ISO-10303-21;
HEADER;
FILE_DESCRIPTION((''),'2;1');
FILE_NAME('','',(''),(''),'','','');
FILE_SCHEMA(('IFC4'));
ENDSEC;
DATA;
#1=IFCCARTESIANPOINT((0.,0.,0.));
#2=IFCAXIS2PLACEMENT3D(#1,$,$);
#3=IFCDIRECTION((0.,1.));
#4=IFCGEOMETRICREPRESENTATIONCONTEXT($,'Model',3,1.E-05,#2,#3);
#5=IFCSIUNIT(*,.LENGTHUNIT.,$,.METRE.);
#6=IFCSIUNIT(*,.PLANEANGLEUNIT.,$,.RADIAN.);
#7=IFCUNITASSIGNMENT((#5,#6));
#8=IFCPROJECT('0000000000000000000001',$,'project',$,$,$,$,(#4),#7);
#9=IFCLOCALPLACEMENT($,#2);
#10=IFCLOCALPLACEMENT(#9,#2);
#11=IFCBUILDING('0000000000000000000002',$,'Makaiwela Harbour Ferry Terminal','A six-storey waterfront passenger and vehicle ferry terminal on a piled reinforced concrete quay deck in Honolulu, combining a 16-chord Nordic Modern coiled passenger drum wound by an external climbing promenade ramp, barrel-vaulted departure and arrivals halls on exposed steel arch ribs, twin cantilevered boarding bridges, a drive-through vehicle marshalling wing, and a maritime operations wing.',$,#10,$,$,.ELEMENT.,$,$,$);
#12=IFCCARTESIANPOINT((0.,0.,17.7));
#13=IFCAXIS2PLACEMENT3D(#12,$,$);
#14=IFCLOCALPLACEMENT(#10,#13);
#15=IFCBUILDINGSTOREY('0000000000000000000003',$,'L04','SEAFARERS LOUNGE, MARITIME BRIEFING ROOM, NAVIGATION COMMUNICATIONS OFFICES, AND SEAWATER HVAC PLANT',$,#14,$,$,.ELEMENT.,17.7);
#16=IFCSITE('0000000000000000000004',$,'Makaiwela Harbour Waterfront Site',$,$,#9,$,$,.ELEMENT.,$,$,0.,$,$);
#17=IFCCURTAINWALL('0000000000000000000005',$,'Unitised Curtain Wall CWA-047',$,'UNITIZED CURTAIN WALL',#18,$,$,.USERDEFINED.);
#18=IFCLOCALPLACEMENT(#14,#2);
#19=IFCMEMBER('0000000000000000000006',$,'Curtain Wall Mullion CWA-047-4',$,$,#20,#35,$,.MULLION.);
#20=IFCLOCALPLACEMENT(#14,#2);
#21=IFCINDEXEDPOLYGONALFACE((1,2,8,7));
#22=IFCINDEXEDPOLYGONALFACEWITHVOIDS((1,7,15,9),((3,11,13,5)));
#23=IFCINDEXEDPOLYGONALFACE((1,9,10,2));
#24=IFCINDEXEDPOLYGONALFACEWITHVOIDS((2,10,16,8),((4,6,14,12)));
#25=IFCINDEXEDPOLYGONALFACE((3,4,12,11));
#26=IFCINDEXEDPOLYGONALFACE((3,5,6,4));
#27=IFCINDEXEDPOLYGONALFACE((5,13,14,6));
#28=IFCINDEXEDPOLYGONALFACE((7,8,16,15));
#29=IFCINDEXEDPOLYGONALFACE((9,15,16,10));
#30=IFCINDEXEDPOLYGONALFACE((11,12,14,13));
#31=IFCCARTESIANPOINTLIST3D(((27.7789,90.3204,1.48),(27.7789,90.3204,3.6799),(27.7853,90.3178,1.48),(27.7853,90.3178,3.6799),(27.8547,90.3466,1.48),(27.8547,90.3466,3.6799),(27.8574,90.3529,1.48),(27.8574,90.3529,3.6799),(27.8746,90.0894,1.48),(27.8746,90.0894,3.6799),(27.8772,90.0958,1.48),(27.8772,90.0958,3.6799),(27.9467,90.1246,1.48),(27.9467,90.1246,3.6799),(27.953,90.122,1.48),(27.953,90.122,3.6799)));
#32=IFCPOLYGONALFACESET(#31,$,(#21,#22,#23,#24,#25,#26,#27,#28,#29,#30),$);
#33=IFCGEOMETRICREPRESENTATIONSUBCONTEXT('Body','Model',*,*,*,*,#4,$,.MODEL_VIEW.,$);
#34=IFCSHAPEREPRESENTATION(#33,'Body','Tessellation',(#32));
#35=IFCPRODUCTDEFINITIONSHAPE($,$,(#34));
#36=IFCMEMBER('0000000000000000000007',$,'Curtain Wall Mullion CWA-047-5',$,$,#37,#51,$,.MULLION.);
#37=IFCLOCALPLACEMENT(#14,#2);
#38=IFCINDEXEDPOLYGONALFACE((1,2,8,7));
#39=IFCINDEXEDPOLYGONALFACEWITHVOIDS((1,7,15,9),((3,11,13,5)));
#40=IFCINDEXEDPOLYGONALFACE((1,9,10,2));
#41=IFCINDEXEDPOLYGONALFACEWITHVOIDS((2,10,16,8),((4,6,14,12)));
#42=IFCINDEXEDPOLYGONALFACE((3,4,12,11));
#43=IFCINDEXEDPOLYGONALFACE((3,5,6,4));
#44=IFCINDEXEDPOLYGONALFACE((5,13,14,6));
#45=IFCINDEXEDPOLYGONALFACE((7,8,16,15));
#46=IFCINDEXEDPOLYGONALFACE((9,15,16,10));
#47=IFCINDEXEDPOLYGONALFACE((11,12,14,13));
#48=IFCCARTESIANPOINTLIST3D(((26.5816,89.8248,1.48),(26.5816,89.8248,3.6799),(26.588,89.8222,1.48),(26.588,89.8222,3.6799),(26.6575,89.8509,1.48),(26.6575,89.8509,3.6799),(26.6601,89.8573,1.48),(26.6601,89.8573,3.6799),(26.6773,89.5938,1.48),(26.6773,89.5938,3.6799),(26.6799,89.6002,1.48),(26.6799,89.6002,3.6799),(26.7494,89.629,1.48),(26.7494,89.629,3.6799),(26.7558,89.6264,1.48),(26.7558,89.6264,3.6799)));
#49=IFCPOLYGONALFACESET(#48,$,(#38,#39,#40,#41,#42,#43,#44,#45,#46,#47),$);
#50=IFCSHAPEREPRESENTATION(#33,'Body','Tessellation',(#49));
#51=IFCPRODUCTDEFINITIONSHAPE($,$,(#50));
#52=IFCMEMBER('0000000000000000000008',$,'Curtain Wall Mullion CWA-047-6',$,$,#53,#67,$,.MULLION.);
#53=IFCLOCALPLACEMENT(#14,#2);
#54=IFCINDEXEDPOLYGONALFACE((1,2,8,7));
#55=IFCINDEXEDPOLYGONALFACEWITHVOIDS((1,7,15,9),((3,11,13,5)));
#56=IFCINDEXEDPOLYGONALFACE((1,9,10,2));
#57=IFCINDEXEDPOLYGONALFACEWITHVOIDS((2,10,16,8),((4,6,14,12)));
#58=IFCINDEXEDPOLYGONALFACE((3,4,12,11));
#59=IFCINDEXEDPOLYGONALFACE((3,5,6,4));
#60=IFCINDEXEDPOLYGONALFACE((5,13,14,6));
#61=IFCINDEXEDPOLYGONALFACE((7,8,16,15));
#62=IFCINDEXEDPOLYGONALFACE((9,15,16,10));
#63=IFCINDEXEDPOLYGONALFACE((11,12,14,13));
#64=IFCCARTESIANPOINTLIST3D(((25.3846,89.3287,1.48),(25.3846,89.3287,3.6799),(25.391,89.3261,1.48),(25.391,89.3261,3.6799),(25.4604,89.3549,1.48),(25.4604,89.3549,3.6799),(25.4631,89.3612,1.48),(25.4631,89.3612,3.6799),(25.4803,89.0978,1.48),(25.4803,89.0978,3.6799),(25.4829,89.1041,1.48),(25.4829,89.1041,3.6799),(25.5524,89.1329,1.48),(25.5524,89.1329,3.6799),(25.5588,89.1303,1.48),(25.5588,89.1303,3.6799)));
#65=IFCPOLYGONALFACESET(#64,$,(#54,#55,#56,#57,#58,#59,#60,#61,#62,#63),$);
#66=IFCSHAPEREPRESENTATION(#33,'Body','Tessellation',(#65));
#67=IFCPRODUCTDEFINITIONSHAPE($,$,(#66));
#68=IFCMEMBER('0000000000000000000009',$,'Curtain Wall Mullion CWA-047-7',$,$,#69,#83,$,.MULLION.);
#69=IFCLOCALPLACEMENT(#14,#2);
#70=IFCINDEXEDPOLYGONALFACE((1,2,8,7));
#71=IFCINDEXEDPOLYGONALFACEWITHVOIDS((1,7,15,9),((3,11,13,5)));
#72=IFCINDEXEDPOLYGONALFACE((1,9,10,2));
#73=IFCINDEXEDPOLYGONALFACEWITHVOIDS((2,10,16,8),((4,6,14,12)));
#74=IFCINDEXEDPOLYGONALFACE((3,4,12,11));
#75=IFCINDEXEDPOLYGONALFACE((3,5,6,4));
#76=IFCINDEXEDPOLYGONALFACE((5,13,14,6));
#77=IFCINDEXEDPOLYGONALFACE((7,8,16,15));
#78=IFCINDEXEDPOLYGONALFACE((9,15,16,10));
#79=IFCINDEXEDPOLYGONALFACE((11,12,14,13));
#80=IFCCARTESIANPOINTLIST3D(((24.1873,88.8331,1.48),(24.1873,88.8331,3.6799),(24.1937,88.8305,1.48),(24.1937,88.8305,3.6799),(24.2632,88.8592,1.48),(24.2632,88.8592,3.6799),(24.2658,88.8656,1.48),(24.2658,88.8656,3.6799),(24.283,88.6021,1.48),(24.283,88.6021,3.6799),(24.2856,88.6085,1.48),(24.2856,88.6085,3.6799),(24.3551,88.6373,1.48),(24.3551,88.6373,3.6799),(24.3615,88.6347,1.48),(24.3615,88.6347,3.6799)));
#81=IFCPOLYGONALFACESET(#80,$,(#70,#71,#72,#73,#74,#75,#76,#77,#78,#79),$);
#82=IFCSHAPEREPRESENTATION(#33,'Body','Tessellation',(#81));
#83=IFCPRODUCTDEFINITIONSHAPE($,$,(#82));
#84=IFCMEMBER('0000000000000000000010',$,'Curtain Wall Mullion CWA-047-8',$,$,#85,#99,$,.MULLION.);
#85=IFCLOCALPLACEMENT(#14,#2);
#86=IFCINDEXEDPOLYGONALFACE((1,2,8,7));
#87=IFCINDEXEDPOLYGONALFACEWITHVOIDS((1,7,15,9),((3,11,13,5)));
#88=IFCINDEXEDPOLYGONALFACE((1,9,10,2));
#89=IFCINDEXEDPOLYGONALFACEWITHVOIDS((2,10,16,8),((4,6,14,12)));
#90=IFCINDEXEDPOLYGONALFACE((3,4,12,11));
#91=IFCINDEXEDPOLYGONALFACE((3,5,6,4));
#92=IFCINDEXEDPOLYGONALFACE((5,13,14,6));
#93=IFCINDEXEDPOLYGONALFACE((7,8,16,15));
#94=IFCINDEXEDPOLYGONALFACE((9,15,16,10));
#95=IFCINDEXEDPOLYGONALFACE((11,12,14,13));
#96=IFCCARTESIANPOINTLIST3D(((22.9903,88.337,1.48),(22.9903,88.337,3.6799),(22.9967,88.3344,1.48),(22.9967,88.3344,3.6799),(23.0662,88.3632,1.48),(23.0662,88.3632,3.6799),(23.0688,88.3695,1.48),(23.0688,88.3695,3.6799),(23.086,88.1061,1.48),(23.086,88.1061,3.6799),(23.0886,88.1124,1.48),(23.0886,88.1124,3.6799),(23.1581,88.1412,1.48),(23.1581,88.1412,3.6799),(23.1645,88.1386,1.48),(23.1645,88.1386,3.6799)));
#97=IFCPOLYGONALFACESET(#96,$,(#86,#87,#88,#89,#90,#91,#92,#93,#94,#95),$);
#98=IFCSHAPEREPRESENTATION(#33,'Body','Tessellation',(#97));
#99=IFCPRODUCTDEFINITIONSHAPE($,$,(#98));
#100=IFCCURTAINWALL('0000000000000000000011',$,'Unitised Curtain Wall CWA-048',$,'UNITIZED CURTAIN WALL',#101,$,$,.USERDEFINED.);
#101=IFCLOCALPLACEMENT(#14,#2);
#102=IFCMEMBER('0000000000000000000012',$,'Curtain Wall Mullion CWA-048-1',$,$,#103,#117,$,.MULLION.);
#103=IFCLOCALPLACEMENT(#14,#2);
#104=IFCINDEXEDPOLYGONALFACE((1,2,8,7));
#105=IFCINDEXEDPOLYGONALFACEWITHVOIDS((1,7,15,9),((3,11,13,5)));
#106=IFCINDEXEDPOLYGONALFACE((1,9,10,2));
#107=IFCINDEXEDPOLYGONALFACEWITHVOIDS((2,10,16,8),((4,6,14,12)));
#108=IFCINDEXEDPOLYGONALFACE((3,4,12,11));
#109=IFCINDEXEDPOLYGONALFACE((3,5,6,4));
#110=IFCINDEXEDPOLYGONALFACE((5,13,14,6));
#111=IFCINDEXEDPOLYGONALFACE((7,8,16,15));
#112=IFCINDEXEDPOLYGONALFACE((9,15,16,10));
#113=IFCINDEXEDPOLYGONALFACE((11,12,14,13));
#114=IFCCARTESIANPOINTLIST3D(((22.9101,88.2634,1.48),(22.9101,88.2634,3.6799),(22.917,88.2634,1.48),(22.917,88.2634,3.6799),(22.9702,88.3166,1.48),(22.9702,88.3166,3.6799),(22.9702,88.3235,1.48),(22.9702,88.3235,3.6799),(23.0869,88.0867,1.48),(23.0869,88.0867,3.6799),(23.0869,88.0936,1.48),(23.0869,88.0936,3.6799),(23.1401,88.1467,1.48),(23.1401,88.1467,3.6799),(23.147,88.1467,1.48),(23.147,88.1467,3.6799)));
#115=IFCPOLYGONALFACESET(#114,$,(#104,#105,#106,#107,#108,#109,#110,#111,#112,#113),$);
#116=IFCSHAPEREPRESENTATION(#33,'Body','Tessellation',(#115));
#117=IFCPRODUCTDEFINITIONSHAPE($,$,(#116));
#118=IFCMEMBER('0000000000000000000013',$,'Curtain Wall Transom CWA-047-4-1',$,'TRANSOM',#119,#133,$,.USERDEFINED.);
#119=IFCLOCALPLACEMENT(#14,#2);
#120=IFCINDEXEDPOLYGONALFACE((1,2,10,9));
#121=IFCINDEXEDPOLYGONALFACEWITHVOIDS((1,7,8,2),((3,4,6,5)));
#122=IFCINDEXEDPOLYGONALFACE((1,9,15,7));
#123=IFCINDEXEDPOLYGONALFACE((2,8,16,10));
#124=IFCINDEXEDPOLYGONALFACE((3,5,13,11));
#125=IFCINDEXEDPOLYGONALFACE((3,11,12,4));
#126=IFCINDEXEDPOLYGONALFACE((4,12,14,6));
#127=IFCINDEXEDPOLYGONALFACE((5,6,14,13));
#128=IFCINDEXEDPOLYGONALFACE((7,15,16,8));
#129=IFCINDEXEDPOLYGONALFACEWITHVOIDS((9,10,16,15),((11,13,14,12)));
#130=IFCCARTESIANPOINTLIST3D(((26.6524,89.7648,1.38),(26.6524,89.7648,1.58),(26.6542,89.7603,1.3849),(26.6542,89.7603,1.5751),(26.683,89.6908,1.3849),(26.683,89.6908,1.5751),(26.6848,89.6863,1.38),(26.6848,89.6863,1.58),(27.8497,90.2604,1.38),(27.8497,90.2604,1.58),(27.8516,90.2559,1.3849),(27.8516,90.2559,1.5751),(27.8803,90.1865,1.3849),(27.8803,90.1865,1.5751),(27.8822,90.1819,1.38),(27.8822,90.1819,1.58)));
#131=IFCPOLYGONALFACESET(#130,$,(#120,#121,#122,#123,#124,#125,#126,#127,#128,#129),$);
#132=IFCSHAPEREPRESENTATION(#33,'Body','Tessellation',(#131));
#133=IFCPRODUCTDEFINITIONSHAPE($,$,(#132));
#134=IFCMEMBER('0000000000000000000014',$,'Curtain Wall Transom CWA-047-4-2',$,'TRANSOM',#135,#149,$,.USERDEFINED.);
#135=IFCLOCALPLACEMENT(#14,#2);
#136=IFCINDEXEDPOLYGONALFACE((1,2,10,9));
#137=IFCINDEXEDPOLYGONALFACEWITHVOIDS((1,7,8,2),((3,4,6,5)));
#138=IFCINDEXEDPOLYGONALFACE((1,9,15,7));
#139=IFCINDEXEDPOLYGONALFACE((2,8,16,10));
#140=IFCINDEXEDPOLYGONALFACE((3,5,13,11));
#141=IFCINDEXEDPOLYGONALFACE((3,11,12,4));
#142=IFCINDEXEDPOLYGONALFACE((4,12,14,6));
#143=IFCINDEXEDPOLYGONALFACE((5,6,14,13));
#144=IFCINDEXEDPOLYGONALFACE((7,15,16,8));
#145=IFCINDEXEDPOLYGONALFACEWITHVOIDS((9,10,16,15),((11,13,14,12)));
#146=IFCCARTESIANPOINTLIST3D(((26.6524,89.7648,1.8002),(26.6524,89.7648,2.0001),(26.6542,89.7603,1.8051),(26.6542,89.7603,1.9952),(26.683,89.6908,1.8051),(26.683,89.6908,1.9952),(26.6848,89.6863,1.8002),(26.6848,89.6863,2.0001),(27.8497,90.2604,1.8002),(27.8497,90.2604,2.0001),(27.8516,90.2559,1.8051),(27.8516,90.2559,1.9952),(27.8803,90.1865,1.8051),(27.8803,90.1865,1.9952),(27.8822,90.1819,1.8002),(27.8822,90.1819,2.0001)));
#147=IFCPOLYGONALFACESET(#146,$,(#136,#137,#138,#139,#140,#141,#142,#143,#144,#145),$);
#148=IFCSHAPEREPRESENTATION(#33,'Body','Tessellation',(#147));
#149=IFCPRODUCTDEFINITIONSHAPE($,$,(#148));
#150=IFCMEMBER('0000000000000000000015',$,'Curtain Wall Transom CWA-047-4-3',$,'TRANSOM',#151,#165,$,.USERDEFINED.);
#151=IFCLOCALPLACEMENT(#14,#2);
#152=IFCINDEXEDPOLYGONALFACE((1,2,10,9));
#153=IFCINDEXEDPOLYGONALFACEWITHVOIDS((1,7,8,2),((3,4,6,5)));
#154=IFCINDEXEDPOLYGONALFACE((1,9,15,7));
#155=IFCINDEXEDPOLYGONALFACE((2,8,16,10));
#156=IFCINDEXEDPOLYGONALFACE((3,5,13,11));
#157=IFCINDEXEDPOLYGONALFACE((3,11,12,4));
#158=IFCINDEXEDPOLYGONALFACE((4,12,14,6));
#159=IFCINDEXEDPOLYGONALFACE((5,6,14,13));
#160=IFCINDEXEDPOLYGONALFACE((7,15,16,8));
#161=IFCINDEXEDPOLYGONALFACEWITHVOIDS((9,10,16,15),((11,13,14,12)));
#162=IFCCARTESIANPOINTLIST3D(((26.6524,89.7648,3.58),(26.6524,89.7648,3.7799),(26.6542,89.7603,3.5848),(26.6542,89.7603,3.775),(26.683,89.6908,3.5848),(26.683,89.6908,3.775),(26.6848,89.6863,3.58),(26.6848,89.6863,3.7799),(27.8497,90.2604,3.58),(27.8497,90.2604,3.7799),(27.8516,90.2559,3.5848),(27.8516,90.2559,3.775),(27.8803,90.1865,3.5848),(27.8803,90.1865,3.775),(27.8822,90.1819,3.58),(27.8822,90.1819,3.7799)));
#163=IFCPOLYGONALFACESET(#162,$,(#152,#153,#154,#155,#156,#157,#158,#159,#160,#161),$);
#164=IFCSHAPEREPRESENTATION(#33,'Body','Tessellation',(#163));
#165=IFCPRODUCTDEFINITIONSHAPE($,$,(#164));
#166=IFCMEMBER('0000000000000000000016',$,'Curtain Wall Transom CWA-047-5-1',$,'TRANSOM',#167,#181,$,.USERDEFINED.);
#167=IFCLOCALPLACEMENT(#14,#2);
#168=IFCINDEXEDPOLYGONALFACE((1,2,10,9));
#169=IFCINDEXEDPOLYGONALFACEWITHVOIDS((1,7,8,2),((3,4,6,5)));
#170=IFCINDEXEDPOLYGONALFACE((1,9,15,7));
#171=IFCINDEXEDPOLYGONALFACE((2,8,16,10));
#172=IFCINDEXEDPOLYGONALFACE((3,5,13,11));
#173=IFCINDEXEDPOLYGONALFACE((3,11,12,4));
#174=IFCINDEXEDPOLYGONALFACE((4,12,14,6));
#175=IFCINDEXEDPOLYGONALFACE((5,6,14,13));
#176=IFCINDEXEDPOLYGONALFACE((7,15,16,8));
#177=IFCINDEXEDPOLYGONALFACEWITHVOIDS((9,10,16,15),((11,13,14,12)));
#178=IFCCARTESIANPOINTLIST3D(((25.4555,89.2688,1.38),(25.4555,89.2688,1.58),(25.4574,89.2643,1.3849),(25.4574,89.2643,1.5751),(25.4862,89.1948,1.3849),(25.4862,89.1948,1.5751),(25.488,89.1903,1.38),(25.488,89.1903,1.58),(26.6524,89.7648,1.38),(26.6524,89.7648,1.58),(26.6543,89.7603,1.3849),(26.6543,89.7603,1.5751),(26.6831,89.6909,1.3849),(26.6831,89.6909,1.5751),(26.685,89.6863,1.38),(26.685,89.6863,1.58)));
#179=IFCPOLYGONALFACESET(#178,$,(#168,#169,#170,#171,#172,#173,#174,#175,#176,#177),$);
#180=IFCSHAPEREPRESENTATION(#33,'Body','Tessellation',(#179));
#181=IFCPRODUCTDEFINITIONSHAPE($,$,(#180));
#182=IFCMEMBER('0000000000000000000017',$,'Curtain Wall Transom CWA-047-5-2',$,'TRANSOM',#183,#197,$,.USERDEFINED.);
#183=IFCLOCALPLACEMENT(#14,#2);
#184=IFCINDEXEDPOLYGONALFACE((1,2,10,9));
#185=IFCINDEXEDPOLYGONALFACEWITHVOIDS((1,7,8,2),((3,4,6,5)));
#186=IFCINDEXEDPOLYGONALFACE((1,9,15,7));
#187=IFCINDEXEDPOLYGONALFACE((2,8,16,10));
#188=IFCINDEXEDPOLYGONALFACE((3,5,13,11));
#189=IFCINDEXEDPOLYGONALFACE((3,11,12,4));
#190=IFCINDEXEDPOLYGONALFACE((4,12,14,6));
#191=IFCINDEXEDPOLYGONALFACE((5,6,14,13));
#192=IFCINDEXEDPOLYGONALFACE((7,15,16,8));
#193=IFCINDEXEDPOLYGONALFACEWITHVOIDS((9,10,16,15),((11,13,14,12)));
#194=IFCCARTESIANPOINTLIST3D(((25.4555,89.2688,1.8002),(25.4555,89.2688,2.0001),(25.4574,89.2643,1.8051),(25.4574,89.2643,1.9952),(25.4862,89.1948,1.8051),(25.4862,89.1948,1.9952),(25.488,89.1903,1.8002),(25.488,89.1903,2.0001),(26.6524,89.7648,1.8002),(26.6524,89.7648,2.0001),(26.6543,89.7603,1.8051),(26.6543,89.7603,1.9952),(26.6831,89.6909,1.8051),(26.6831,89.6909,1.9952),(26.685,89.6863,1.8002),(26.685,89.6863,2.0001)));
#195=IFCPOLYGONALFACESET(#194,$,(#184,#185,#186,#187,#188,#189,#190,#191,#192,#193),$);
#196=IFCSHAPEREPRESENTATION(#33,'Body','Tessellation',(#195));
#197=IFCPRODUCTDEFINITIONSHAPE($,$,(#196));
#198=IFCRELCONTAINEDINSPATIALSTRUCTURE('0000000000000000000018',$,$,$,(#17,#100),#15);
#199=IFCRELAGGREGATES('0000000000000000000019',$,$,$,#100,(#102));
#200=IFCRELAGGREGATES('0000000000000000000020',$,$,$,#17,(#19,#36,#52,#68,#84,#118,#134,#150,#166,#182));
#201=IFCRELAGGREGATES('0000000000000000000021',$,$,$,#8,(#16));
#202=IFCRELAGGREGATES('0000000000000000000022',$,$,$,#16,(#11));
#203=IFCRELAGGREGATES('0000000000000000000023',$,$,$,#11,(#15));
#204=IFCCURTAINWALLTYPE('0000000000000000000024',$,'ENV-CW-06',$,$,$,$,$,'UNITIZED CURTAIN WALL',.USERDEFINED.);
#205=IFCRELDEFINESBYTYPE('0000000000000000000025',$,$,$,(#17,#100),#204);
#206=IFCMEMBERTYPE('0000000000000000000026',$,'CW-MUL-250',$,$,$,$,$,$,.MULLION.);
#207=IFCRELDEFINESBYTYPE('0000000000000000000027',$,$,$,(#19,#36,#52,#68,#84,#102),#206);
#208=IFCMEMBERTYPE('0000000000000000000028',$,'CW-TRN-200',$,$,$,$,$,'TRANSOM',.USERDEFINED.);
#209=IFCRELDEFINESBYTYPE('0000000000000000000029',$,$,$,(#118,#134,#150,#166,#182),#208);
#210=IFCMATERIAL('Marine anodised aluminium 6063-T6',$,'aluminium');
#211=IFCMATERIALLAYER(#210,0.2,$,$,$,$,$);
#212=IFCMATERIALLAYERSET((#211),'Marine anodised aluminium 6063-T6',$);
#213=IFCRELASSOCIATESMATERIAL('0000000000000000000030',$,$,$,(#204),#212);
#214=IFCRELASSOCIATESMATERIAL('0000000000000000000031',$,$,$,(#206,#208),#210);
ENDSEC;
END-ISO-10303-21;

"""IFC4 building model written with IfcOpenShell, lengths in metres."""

from ifc_helpers import new_model, si_unit, direction, frame, origin, origin_2d, place, context, subcontext, project, spatial, hollow_rectangle, extrude, material, layer, layer_set, material_profile, profile_set, type_object, element, aggregate, save


model = new_model("IFC4")

# Units and contexts
model_context = context("Model", 3, precision=1e-05, world=origin(), true_north=direction((0.0, 1.0)))
body_context = subcontext(model_context, "Body", "Model", "MODEL_VIEW")
ifc_project = project(units=[si_unit("LENGTHUNIT", "METRE"), si_unit("PLANEANGLEUNIT", "RADIAN")], contexts=[model_context])

# Site, building, storey
site_placement = place(None, origin())
site = spatial("IfcSite", under=ifc_project, at=site_placement, Name="Makaiwela Harbour Waterfront Site", CompositionType="ELEMENT", RefElevation=0.0)
building_placement = place(site_placement, origin())
building = spatial("IfcBuilding", under=site, at=building_placement, Name="Makaiwela Harbour Ferry Terminal", Description="A six-storey waterfront passenger and vehicle ferry terminal on a piled reinforced concrete quay deck in Honolulu, combining a 16-chord Nordic Modern coiled passenger drum wound by an external climbing promenade ramp, barrel-vaulted departure and arrivals halls on exposed steel arch ribs, twin cantilevered boarding bridges, a drive-through vehicle marshalling wing, and a maritime operations wing.", CompositionType="ELEMENT")
storey_placement = place(building_placement, frame((0.0, 0.0, 17.7)))
storey = spatial("IfcBuildingStorey", under=building, at=storey_placement, Name="L04", Description="SEAFARERS LOUNGE, MARITIME BRIEFING ROOM, NAVIGATION COMMUNICATIONS OFFICES, AND SEAWATER HVAC PLANT", CompositionType="ELEMENT", Elevation=17.7)

# Curtain wall, members
ifc_material_1 = material(Name="Marine anodised aluminium 6063-T6", Category="aluminium")
ifc_layer_1 = layer(ifc_material_1, 0.2)
ifc_layer_set_1 = layer_set([ifc_layer_1], Name="Marine anodised aluminium 6063-T6")
curtain_wall_type = type_object("IfcCurtainWallType", Name="ENV-CW-06", ElementType="UNITIZED CURTAIN WALL", PredefinedType="USERDEFINED", material=ifc_layer_set_1)
curtain_wall_1_placement = place(storey_placement, origin())
curtain_wall_1 = element("IfcCurtainWall", 1, at=curtain_wall_1_placement, inside=storey, type_object=curtain_wall_type, Name="Unitised Curtain Wall CWA-047", ObjectType="UNITIZED CURTAIN WALL", PredefinedType="USERDEFINED")
ifc_material_profile_1 = material_profile(ifc_material_1, hollow_rectangle(XDim=0.085, YDim=0.25, WallThickness=0.0049, at=origin_2d()), Name="CWM-250X85")
ifc_profile_set_1 = profile_set([ifc_material_profile_1], Name="Marine anodised aluminium 6063-T6")
member_type_1 = type_object("IfcMemberType", Name="CW-MUL-250", PredefinedType="MULLION", material=ifc_profile_set_1)
member_1_placement = place(storey_placement, frame((27.866, 90.2212, 1.48), z_axis=(0.0, 0.0, 1.0), x_axis=(0.92388, 0.382683, 0.0)))
member_1 = element("IfcMember", 2, at=member_1_placement, type_object=member_type_1, Name="Curtain Wall Mullion CWA-047-4", PredefinedType="MULLION", context=body_context, shape_type="SweptSolid", body=[
    extrude(hollow_rectangle(XDim=0.085, YDim=0.25, WallThickness=0.0049, at=origin_2d()), origin(), (0.0, 0.0, 1.0), 2.2),
])
member_2_placement = place(storey_placement, frame((26.6687, 89.7256, 1.48), z_axis=(0.0, 0.0, 1.0), x_axis=(0.92388, 0.382683, 0.0)))
member_2 = element("IfcMember", 3, at=member_2_placement, type_object=member_type_1, Name="Curtain Wall Mullion CWA-047-5", PredefinedType="MULLION", context=body_context, shape_type="SweptSolid", body=[
    extrude(hollow_rectangle(XDim=0.085, YDim=0.25, WallThickness=0.0049, at=origin_2d()), origin(), (0.0, 0.0, 1.0), 2.2),
])
member_3_placement = place(storey_placement, frame((25.4717, 89.2295, 1.48), z_axis=(0.0, 0.0, 1.0), x_axis=(0.92388, 0.382683, 0.0)))
member_3 = element("IfcMember", 4, at=member_3_placement, type_object=member_type_1, Name="Curtain Wall Mullion CWA-047-6", PredefinedType="MULLION", context=body_context, shape_type="SweptSolid", body=[
    extrude(hollow_rectangle(XDim=0.085, YDim=0.25, WallThickness=0.0049, at=origin_2d()), origin(), (0.0, 0.0, 1.0), 2.2),
])
member_4_placement = place(storey_placement, frame((24.2744, 88.7339, 1.48), z_axis=(0.0, 0.0, 1.0), x_axis=(0.92388, 0.382683, 0.0)))
member_4 = element("IfcMember", 5, at=member_4_placement, type_object=member_type_1, Name="Curtain Wall Mullion CWA-047-7", PredefinedType="MULLION", context=body_context, shape_type="SweptSolid", body=[
    extrude(hollow_rectangle(XDim=0.085, YDim=0.25, WallThickness=0.0049, at=origin_2d()), origin(), (0.0, 0.0, 1.0), 2.2),
])
member_5_placement = place(storey_placement, frame((23.0774, 88.2378, 1.48), z_axis=(0.0, 0.0, 1.0), x_axis=(0.92388, 0.382683, 0.0)))
member_5 = element("IfcMember", 6, at=member_5_placement, type_object=member_type_1, Name="Curtain Wall Mullion CWA-047-8", PredefinedType="MULLION", context=body_context, shape_type="SweptSolid", body=[
    extrude(hollow_rectangle(XDim=0.085, YDim=0.25, WallThickness=0.0049, at=origin_2d()), origin(), (0.0, 0.0, 1.0), 2.2),
])

# Curtain wall, member
curtain_wall_2_placement = place(storey_placement, origin())
curtain_wall_2 = element("IfcCurtainWall", 7, at=curtain_wall_2_placement, inside=storey, type_object=curtain_wall_type, Name="Unitised Curtain Wall CWA-048", ObjectType="UNITIZED CURTAIN WALL", PredefinedType="USERDEFINED")
member_6_placement = place(storey_placement, frame((23.0286, 88.2051, 1.48), z_axis=(0.0, 0.0, 1.0), x_axis=(0.707107, 0.707107, 0.0)))
member_6 = element("IfcMember", 8, at=member_6_placement, type_object=member_type_1, Name="Curtain Wall Mullion CWA-048-1", PredefinedType="MULLION", context=body_context, shape_type="SweptSolid", body=[
    extrude(hollow_rectangle(XDim=0.085, YDim=0.25, WallThickness=0.0049, at=origin_2d()), origin(), (0.0, 0.0, 1.0), 2.2),
])

# Members
ifc_material_profile_2 = material_profile(ifc_material_1, hollow_rectangle(XDim=0.085, YDim=0.2, WallThickness=0.0049, at=origin_2d()), Name="CWT-200X85")
ifc_profile_set_2 = profile_set([ifc_material_profile_2], Name="Marine anodised aluminium 6063-T6")
member_type_2 = type_object("IfcMemberType", Name="CW-TRN-200", ElementType="TRANSOM", PredefinedType="USERDEFINED", material=ifc_profile_set_2)
member_7_placement = place(storey_placement, frame((27.866, 90.2212, 1.48), z_axis=(-0.923966, -0.382474, 0.0), x_axis=(0.382474, -0.923966, 0.0)))
member_7 = element("IfcMember", 9, at=member_7_placement, type_object=member_type_2, Name="Curtain Wall Transom CWA-047-4-1", ObjectType="TRANSOM", PredefinedType="USERDEFINED", context=body_context, shape_type="SweptSolid", body=[
    extrude(hollow_rectangle(XDim=0.085, YDim=0.2, WallThickness=0.0049, at=origin_2d()), origin(), (0.0, 0.0, 1.0), 1.2959),
])
member_8_placement = place(storey_placement, frame((27.866, 90.2212, 1.9001), z_axis=(-0.923966, -0.382474, 0.0), x_axis=(0.382474, -0.923966, 0.0)))
member_8 = element("IfcMember", 10, at=member_8_placement, type_object=member_type_2, Name="Curtain Wall Transom CWA-047-4-2", ObjectType="TRANSOM", PredefinedType="USERDEFINED", context=body_context, shape_type="SweptSolid", body=[
    extrude(hollow_rectangle(XDim=0.085, YDim=0.2, WallThickness=0.0049, at=origin_2d()), origin(), (0.0, 0.0, 1.0), 1.2959),
])
member_9_placement = place(storey_placement, frame((27.866, 90.2212, 3.6799), z_axis=(-0.923966, -0.382474, 0.0), x_axis=(0.382474, -0.923966, 0.0)))
member_9 = element("IfcMember", 11, at=member_9_placement, type_object=member_type_2, Name="Curtain Wall Transom CWA-047-4-3", ObjectType="TRANSOM", PredefinedType="USERDEFINED", context=body_context, shape_type="SweptSolid", body=[
    extrude(hollow_rectangle(XDim=0.085, YDim=0.2, WallThickness=0.0049, at=origin_2d()), origin(), (0.0, 0.0, 1.0), 1.2959),
])
member_10_placement = place(storey_placement, frame((26.6687, 89.7256, 1.48), z_axis=(-0.923806, -0.382862, 0.0), x_axis=(0.382862, -0.923806, 0.0)))
member_10 = element("IfcMember", 12, at=member_10_placement, type_object=member_type_2, Name="Curtain Wall Transom CWA-047-5-1", ObjectType="TRANSOM", PredefinedType="USERDEFINED", context=body_context, shape_type="SweptSolid", body=[
    extrude(hollow_rectangle(XDim=0.085, YDim=0.2, WallThickness=0.0049, at=origin_2d()), origin(), (0.0, 0.0, 1.0), 1.2957),
])
member_11_placement = place(storey_placement, frame((26.6687, 89.7256, 1.9001), z_axis=(-0.923806, -0.382862, 0.0), x_axis=(0.382862, -0.923806, 0.0)))
member_11 = element("IfcMember", 13, at=member_11_placement, type_object=member_type_2, Name="Curtain Wall Transom CWA-047-5-2", ObjectType="TRANSOM", PredefinedType="USERDEFINED", context=body_context, shape_type="SweptSolid", body=[
    extrude(hollow_rectangle(XDim=0.085, YDim=0.2, WallThickness=0.0049, at=origin_2d()), origin(), (0.0, 0.0, 1.0), 1.2957),
])
aggregate(curtain_wall_2, [member_6])

aggregate(curtain_wall_1, [member_1, member_2, member_3, member_4, member_5, member_7, member_8, member_9, member_10, member_11])

save(model, "model.ifc")
